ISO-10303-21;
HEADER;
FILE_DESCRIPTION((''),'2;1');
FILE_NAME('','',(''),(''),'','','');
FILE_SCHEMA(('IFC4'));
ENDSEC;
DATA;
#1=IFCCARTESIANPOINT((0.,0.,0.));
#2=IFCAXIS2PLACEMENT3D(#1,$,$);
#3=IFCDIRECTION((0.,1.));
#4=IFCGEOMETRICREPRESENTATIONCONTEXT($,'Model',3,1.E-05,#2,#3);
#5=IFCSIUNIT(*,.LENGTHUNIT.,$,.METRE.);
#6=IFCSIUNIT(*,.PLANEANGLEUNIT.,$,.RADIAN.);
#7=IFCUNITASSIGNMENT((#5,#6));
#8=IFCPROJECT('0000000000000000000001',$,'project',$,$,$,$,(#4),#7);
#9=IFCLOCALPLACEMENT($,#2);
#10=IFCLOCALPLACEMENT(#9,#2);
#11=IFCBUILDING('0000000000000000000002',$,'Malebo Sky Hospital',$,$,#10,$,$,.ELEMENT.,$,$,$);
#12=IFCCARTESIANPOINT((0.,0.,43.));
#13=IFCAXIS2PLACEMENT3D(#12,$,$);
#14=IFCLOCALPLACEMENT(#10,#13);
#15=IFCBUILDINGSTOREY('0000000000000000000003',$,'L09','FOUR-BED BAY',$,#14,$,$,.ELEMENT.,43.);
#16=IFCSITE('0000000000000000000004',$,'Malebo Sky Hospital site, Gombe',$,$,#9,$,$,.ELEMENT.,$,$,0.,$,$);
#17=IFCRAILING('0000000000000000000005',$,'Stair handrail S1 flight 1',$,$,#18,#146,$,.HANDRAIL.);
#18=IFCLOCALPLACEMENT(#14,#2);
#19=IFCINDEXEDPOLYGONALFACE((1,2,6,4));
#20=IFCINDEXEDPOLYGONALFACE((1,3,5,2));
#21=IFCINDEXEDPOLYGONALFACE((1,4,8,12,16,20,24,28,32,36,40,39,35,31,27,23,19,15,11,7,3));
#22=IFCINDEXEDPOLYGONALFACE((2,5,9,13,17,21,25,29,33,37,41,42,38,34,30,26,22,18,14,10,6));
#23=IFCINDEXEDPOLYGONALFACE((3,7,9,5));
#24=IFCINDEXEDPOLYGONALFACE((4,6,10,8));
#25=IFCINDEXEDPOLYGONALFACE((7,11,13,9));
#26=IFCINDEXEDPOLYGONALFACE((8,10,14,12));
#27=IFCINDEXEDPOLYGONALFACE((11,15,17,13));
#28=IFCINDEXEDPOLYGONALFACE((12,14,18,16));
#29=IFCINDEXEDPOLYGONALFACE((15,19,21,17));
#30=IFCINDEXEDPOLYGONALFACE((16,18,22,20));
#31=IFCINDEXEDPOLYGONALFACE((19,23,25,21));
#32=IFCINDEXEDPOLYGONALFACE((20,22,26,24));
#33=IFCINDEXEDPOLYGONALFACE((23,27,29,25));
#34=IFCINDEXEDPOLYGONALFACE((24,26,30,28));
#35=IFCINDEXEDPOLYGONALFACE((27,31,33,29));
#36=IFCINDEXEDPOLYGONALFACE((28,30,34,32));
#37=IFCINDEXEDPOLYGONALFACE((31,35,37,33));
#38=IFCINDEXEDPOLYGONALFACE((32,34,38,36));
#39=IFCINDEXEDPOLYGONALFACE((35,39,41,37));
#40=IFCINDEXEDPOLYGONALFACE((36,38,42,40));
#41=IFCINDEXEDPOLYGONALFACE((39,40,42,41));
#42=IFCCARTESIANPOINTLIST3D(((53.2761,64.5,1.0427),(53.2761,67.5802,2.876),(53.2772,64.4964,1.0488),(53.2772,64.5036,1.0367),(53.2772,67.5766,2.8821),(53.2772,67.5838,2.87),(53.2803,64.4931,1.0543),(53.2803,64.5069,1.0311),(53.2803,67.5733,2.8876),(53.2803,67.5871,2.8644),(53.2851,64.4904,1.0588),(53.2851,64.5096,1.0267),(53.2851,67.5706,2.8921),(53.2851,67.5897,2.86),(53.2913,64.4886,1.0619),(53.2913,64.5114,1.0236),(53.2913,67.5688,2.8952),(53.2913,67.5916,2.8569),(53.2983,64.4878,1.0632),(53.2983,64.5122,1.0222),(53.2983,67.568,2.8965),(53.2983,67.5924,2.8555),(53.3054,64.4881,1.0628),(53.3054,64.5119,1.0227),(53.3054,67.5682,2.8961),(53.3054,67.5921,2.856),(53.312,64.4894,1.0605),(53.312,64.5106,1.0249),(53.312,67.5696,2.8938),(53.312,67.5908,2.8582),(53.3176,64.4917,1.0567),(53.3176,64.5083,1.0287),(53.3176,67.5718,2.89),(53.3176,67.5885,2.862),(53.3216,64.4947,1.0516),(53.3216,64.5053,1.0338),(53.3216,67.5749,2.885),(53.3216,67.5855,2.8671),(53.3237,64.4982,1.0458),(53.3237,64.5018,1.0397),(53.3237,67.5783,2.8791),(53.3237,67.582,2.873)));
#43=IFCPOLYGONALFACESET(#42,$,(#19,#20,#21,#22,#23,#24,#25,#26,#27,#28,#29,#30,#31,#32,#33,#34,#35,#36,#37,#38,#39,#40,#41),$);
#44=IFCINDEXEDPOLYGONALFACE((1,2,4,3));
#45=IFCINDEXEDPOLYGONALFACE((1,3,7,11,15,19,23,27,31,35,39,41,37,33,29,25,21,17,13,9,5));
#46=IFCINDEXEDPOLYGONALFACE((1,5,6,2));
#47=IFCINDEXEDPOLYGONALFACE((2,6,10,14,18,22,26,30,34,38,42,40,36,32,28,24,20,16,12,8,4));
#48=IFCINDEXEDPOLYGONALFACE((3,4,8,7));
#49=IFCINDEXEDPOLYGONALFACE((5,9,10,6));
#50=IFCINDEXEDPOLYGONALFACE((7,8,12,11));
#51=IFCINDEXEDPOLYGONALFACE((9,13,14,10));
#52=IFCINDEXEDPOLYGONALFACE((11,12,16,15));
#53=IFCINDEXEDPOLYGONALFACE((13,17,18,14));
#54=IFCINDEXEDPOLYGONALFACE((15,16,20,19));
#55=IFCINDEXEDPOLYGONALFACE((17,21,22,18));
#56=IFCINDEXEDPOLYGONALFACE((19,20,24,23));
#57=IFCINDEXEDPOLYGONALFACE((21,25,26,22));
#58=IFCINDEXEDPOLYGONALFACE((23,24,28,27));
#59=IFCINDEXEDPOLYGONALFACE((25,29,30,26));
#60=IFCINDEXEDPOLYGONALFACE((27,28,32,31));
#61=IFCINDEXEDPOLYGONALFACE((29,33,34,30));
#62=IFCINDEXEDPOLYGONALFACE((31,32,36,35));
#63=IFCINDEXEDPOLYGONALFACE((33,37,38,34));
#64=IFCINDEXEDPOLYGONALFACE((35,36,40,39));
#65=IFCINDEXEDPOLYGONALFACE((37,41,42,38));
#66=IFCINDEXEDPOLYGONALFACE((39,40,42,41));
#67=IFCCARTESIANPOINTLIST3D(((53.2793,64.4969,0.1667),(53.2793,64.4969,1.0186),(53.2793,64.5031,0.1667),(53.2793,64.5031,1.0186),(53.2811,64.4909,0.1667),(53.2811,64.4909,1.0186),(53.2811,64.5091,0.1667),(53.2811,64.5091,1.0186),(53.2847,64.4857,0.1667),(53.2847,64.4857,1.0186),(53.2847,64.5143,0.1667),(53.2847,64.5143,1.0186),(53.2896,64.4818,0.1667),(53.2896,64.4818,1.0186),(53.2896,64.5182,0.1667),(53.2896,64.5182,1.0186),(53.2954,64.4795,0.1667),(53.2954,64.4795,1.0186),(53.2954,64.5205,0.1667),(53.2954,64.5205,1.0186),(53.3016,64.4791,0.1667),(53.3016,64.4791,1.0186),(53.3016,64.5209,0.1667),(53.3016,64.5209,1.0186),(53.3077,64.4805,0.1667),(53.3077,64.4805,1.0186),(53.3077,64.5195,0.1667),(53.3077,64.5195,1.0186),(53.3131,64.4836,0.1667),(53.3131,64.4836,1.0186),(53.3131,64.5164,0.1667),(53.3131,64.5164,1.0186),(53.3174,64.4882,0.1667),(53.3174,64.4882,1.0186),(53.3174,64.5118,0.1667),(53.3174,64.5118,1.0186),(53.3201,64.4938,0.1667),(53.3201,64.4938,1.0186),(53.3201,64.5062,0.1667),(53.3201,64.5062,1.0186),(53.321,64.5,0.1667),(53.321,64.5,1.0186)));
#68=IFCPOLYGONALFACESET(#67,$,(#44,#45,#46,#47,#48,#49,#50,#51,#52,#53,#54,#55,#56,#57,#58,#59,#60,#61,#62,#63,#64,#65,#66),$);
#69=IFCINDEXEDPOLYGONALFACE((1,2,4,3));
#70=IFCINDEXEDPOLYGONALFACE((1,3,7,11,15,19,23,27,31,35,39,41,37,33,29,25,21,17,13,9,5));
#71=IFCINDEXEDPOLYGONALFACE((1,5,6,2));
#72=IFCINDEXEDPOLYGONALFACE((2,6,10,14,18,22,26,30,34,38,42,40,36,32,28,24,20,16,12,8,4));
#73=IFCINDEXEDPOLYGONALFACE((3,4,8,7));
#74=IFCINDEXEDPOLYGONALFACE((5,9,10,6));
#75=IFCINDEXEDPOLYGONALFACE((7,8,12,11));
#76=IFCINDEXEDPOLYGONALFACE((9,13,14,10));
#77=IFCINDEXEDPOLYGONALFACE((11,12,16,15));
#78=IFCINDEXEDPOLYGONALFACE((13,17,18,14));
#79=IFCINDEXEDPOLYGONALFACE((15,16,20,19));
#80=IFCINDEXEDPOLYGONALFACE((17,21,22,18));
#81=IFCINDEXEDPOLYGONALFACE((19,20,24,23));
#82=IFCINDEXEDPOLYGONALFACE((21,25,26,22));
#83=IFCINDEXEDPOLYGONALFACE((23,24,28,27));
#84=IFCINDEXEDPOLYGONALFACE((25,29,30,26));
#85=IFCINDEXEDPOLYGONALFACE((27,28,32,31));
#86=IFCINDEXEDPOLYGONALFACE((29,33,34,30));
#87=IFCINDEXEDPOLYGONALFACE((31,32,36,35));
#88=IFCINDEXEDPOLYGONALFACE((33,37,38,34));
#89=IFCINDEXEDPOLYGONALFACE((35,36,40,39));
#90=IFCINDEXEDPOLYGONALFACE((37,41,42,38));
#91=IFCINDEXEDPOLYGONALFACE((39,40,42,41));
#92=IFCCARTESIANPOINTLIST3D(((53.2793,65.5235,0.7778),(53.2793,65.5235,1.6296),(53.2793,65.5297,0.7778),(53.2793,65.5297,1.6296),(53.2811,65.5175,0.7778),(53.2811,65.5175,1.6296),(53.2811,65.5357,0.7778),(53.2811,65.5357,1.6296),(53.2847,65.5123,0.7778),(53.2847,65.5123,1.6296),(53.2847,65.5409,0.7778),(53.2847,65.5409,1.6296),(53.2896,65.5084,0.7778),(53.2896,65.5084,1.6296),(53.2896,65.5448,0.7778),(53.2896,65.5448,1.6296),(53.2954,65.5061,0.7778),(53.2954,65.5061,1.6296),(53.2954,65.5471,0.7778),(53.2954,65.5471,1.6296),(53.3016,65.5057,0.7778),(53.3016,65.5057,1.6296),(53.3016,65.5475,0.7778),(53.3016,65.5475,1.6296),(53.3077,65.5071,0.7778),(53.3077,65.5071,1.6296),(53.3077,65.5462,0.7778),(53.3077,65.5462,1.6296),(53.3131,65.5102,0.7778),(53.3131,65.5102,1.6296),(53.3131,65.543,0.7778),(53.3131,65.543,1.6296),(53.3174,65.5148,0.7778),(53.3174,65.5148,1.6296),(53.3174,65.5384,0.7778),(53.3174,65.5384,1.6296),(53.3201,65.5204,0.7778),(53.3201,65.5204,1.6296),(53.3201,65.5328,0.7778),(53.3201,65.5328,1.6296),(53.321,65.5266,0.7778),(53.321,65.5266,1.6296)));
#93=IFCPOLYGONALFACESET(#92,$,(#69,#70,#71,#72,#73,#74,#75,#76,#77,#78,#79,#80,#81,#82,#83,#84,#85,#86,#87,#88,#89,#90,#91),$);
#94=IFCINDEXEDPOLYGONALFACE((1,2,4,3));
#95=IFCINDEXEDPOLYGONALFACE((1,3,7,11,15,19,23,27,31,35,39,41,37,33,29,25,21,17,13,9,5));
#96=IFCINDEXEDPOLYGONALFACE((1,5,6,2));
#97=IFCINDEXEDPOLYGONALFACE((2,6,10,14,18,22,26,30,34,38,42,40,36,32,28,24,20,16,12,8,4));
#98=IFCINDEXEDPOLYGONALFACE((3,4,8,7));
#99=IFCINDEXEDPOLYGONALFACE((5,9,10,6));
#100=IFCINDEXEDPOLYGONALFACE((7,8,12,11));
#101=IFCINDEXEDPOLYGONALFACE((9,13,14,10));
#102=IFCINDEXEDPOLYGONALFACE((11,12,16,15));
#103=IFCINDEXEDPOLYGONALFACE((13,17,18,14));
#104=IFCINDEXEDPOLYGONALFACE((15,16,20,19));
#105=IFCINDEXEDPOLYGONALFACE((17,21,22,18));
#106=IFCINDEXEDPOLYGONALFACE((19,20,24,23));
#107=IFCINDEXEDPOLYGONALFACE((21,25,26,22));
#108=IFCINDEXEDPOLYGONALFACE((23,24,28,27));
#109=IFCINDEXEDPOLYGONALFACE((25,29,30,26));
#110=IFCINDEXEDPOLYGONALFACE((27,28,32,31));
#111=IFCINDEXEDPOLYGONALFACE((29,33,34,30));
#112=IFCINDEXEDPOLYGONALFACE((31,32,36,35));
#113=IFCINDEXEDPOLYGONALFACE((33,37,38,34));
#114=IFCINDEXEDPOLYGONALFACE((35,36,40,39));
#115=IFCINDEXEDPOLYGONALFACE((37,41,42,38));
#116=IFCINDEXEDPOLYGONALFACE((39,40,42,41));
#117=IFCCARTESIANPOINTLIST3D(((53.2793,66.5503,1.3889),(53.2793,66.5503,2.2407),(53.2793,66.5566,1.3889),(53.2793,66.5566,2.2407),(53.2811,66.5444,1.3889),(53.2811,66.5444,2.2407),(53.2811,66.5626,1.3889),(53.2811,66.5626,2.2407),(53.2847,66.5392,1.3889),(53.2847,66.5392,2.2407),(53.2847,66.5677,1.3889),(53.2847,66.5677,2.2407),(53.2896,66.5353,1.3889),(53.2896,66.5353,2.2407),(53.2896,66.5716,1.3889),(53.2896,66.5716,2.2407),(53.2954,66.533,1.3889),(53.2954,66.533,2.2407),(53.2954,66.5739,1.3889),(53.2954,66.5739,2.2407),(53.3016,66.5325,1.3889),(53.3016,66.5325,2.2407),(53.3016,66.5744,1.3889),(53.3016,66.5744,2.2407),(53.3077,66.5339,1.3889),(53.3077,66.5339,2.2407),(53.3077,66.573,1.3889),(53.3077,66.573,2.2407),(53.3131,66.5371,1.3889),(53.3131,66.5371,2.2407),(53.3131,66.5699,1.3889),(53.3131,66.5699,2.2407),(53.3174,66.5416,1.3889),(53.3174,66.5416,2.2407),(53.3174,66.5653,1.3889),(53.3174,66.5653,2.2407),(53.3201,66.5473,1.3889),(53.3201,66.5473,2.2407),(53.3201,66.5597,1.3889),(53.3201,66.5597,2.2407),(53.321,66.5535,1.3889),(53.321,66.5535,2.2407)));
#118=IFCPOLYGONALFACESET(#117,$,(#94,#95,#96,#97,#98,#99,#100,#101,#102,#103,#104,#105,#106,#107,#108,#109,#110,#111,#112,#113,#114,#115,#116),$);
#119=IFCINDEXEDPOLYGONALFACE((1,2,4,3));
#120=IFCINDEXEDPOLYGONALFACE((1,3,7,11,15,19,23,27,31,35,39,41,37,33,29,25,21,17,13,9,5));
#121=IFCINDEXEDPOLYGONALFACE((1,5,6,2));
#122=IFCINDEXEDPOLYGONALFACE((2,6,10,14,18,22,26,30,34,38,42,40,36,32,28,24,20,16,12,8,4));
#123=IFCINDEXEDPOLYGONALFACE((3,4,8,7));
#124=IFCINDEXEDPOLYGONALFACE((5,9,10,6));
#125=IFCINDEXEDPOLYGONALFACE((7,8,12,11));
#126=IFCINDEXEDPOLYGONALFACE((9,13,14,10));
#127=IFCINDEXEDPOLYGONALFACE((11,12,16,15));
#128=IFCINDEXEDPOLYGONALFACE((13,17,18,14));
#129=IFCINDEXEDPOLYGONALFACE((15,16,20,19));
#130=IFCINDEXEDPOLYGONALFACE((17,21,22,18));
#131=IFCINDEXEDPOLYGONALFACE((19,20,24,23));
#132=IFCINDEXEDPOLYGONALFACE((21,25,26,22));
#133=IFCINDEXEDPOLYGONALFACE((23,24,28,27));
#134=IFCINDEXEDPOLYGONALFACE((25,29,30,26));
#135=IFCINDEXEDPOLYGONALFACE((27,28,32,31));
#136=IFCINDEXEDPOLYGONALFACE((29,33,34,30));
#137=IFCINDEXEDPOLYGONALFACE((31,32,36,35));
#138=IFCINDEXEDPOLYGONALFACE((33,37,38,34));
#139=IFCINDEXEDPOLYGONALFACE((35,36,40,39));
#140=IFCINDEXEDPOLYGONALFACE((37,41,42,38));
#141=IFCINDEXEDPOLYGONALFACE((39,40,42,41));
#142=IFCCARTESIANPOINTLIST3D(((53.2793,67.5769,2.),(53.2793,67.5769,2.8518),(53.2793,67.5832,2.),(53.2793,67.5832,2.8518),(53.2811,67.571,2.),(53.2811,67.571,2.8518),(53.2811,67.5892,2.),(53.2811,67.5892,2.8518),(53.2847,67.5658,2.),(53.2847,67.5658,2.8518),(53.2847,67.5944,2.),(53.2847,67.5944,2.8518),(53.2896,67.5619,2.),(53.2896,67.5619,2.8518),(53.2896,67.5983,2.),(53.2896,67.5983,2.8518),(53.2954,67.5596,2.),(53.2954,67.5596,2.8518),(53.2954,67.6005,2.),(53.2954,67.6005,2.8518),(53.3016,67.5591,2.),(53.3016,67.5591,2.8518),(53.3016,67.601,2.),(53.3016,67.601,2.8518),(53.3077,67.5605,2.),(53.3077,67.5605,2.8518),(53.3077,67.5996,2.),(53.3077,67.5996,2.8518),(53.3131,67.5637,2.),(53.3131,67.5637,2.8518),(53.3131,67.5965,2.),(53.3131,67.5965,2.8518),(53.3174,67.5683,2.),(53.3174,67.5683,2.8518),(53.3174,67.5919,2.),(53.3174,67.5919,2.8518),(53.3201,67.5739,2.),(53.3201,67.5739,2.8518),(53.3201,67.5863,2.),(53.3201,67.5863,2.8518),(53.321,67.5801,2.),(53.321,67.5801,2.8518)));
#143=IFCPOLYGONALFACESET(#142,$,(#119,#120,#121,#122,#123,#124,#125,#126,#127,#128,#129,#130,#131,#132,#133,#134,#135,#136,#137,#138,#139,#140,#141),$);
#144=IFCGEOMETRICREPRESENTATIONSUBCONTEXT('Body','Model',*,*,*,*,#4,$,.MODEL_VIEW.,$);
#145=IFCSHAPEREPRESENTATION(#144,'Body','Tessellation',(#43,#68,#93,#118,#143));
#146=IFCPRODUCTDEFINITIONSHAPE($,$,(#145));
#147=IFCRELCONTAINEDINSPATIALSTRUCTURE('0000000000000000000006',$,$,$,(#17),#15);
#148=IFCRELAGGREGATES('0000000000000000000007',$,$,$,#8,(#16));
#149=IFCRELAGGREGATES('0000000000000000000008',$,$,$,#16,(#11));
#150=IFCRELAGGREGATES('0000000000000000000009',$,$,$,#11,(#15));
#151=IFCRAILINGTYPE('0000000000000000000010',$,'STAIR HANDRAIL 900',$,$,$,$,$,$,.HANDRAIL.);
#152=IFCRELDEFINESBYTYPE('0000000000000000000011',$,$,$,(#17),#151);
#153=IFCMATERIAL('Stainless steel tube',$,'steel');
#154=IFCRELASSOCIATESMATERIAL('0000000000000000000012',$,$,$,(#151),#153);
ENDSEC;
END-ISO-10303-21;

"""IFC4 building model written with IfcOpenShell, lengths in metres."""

from ifc_helpers import new_model, si_unit, direction, frame, origin, origin_2d, place, context, subcontext, project, spatial, circle, extrude, material, type_object, element, save


model = new_model("IFC4")

# Units and contexts
model_context = context("Model", 3, precision=1e-05, world=origin(), true_north=direction((0.0, 1.0)))
body_context = subcontext(model_context, "Body", "Model", "MODEL_VIEW")
ifc_project = project(units=[si_unit("LENGTHUNIT", "METRE"), si_unit("PLANEANGLEUNIT", "RADIAN")], contexts=[model_context])

# Site, building, storey
site_placement = place(None, origin())
site = spatial("IfcSite", under=ifc_project, at=site_placement, Name="Malebo Sky Hospital site, Gombe", CompositionType="ELEMENT", RefElevation=0.0)
building_placement = place(site_placement, origin())
building = spatial("IfcBuilding", under=site, at=building_placement, Name="Malebo Sky Hospital", CompositionType="ELEMENT")
storey_placement = place(building_placement, frame((0.0, 0.0, 43.0)))
storey = spatial("IfcBuildingStorey", under=building, at=storey_placement, Name="L09", Description="FOUR-BED BAY", CompositionType="ELEMENT", Elevation=43.0)

# Railing
ifc_material_1 = material(Name="Stainless steel tube", Category="steel")
railing_type = type_object("IfcRailingType", Name="STAIR HANDRAIL 900", PredefinedType="HANDRAIL", material=ifc_material_1)
railing_1_placement = place(storey_placement, frame((53.3, 64.5, 0.1667)))
element("IfcRailing", 1, at=railing_1_placement, inside=storey, type_object=railing_type, Name="Stair handrail S1 flight 1", PredefinedType="HANDRAIL", context=body_context, shape_type="SweptSolid", body=[
    extrude(circle(Radius=0.0239, at=origin_2d()), frame((0.0, 0.0, 0.876), z_axis=(0.0, 0.859309, 0.511458), x_axis=(-1.0, 0.0, 0.0)), (0.0, 0.0, 1.0), 3.5845),
    extrude(circle(Radius=0.021, at=origin_2d()), origin(), (0.0, 0.0, 1.0), 0.8518),
    extrude(circle(Radius=0.021, at=origin_2d()), frame((0.0, 1.0266, 0.6111)), (0.0, 0.0, 1.0), 0.8518),
    extrude(circle(Radius=0.021, at=origin_2d()), frame((0.0, 2.0535, 1.2222)), (0.0, 0.0, 1.0), 0.8518),
    extrude(circle(Radius=0.021, at=origin_2d()), frame((0.0, 3.0801, 1.8333)), (0.0, 0.0, 1.0), 0.8518),
])

save(model, "model.ifc")
